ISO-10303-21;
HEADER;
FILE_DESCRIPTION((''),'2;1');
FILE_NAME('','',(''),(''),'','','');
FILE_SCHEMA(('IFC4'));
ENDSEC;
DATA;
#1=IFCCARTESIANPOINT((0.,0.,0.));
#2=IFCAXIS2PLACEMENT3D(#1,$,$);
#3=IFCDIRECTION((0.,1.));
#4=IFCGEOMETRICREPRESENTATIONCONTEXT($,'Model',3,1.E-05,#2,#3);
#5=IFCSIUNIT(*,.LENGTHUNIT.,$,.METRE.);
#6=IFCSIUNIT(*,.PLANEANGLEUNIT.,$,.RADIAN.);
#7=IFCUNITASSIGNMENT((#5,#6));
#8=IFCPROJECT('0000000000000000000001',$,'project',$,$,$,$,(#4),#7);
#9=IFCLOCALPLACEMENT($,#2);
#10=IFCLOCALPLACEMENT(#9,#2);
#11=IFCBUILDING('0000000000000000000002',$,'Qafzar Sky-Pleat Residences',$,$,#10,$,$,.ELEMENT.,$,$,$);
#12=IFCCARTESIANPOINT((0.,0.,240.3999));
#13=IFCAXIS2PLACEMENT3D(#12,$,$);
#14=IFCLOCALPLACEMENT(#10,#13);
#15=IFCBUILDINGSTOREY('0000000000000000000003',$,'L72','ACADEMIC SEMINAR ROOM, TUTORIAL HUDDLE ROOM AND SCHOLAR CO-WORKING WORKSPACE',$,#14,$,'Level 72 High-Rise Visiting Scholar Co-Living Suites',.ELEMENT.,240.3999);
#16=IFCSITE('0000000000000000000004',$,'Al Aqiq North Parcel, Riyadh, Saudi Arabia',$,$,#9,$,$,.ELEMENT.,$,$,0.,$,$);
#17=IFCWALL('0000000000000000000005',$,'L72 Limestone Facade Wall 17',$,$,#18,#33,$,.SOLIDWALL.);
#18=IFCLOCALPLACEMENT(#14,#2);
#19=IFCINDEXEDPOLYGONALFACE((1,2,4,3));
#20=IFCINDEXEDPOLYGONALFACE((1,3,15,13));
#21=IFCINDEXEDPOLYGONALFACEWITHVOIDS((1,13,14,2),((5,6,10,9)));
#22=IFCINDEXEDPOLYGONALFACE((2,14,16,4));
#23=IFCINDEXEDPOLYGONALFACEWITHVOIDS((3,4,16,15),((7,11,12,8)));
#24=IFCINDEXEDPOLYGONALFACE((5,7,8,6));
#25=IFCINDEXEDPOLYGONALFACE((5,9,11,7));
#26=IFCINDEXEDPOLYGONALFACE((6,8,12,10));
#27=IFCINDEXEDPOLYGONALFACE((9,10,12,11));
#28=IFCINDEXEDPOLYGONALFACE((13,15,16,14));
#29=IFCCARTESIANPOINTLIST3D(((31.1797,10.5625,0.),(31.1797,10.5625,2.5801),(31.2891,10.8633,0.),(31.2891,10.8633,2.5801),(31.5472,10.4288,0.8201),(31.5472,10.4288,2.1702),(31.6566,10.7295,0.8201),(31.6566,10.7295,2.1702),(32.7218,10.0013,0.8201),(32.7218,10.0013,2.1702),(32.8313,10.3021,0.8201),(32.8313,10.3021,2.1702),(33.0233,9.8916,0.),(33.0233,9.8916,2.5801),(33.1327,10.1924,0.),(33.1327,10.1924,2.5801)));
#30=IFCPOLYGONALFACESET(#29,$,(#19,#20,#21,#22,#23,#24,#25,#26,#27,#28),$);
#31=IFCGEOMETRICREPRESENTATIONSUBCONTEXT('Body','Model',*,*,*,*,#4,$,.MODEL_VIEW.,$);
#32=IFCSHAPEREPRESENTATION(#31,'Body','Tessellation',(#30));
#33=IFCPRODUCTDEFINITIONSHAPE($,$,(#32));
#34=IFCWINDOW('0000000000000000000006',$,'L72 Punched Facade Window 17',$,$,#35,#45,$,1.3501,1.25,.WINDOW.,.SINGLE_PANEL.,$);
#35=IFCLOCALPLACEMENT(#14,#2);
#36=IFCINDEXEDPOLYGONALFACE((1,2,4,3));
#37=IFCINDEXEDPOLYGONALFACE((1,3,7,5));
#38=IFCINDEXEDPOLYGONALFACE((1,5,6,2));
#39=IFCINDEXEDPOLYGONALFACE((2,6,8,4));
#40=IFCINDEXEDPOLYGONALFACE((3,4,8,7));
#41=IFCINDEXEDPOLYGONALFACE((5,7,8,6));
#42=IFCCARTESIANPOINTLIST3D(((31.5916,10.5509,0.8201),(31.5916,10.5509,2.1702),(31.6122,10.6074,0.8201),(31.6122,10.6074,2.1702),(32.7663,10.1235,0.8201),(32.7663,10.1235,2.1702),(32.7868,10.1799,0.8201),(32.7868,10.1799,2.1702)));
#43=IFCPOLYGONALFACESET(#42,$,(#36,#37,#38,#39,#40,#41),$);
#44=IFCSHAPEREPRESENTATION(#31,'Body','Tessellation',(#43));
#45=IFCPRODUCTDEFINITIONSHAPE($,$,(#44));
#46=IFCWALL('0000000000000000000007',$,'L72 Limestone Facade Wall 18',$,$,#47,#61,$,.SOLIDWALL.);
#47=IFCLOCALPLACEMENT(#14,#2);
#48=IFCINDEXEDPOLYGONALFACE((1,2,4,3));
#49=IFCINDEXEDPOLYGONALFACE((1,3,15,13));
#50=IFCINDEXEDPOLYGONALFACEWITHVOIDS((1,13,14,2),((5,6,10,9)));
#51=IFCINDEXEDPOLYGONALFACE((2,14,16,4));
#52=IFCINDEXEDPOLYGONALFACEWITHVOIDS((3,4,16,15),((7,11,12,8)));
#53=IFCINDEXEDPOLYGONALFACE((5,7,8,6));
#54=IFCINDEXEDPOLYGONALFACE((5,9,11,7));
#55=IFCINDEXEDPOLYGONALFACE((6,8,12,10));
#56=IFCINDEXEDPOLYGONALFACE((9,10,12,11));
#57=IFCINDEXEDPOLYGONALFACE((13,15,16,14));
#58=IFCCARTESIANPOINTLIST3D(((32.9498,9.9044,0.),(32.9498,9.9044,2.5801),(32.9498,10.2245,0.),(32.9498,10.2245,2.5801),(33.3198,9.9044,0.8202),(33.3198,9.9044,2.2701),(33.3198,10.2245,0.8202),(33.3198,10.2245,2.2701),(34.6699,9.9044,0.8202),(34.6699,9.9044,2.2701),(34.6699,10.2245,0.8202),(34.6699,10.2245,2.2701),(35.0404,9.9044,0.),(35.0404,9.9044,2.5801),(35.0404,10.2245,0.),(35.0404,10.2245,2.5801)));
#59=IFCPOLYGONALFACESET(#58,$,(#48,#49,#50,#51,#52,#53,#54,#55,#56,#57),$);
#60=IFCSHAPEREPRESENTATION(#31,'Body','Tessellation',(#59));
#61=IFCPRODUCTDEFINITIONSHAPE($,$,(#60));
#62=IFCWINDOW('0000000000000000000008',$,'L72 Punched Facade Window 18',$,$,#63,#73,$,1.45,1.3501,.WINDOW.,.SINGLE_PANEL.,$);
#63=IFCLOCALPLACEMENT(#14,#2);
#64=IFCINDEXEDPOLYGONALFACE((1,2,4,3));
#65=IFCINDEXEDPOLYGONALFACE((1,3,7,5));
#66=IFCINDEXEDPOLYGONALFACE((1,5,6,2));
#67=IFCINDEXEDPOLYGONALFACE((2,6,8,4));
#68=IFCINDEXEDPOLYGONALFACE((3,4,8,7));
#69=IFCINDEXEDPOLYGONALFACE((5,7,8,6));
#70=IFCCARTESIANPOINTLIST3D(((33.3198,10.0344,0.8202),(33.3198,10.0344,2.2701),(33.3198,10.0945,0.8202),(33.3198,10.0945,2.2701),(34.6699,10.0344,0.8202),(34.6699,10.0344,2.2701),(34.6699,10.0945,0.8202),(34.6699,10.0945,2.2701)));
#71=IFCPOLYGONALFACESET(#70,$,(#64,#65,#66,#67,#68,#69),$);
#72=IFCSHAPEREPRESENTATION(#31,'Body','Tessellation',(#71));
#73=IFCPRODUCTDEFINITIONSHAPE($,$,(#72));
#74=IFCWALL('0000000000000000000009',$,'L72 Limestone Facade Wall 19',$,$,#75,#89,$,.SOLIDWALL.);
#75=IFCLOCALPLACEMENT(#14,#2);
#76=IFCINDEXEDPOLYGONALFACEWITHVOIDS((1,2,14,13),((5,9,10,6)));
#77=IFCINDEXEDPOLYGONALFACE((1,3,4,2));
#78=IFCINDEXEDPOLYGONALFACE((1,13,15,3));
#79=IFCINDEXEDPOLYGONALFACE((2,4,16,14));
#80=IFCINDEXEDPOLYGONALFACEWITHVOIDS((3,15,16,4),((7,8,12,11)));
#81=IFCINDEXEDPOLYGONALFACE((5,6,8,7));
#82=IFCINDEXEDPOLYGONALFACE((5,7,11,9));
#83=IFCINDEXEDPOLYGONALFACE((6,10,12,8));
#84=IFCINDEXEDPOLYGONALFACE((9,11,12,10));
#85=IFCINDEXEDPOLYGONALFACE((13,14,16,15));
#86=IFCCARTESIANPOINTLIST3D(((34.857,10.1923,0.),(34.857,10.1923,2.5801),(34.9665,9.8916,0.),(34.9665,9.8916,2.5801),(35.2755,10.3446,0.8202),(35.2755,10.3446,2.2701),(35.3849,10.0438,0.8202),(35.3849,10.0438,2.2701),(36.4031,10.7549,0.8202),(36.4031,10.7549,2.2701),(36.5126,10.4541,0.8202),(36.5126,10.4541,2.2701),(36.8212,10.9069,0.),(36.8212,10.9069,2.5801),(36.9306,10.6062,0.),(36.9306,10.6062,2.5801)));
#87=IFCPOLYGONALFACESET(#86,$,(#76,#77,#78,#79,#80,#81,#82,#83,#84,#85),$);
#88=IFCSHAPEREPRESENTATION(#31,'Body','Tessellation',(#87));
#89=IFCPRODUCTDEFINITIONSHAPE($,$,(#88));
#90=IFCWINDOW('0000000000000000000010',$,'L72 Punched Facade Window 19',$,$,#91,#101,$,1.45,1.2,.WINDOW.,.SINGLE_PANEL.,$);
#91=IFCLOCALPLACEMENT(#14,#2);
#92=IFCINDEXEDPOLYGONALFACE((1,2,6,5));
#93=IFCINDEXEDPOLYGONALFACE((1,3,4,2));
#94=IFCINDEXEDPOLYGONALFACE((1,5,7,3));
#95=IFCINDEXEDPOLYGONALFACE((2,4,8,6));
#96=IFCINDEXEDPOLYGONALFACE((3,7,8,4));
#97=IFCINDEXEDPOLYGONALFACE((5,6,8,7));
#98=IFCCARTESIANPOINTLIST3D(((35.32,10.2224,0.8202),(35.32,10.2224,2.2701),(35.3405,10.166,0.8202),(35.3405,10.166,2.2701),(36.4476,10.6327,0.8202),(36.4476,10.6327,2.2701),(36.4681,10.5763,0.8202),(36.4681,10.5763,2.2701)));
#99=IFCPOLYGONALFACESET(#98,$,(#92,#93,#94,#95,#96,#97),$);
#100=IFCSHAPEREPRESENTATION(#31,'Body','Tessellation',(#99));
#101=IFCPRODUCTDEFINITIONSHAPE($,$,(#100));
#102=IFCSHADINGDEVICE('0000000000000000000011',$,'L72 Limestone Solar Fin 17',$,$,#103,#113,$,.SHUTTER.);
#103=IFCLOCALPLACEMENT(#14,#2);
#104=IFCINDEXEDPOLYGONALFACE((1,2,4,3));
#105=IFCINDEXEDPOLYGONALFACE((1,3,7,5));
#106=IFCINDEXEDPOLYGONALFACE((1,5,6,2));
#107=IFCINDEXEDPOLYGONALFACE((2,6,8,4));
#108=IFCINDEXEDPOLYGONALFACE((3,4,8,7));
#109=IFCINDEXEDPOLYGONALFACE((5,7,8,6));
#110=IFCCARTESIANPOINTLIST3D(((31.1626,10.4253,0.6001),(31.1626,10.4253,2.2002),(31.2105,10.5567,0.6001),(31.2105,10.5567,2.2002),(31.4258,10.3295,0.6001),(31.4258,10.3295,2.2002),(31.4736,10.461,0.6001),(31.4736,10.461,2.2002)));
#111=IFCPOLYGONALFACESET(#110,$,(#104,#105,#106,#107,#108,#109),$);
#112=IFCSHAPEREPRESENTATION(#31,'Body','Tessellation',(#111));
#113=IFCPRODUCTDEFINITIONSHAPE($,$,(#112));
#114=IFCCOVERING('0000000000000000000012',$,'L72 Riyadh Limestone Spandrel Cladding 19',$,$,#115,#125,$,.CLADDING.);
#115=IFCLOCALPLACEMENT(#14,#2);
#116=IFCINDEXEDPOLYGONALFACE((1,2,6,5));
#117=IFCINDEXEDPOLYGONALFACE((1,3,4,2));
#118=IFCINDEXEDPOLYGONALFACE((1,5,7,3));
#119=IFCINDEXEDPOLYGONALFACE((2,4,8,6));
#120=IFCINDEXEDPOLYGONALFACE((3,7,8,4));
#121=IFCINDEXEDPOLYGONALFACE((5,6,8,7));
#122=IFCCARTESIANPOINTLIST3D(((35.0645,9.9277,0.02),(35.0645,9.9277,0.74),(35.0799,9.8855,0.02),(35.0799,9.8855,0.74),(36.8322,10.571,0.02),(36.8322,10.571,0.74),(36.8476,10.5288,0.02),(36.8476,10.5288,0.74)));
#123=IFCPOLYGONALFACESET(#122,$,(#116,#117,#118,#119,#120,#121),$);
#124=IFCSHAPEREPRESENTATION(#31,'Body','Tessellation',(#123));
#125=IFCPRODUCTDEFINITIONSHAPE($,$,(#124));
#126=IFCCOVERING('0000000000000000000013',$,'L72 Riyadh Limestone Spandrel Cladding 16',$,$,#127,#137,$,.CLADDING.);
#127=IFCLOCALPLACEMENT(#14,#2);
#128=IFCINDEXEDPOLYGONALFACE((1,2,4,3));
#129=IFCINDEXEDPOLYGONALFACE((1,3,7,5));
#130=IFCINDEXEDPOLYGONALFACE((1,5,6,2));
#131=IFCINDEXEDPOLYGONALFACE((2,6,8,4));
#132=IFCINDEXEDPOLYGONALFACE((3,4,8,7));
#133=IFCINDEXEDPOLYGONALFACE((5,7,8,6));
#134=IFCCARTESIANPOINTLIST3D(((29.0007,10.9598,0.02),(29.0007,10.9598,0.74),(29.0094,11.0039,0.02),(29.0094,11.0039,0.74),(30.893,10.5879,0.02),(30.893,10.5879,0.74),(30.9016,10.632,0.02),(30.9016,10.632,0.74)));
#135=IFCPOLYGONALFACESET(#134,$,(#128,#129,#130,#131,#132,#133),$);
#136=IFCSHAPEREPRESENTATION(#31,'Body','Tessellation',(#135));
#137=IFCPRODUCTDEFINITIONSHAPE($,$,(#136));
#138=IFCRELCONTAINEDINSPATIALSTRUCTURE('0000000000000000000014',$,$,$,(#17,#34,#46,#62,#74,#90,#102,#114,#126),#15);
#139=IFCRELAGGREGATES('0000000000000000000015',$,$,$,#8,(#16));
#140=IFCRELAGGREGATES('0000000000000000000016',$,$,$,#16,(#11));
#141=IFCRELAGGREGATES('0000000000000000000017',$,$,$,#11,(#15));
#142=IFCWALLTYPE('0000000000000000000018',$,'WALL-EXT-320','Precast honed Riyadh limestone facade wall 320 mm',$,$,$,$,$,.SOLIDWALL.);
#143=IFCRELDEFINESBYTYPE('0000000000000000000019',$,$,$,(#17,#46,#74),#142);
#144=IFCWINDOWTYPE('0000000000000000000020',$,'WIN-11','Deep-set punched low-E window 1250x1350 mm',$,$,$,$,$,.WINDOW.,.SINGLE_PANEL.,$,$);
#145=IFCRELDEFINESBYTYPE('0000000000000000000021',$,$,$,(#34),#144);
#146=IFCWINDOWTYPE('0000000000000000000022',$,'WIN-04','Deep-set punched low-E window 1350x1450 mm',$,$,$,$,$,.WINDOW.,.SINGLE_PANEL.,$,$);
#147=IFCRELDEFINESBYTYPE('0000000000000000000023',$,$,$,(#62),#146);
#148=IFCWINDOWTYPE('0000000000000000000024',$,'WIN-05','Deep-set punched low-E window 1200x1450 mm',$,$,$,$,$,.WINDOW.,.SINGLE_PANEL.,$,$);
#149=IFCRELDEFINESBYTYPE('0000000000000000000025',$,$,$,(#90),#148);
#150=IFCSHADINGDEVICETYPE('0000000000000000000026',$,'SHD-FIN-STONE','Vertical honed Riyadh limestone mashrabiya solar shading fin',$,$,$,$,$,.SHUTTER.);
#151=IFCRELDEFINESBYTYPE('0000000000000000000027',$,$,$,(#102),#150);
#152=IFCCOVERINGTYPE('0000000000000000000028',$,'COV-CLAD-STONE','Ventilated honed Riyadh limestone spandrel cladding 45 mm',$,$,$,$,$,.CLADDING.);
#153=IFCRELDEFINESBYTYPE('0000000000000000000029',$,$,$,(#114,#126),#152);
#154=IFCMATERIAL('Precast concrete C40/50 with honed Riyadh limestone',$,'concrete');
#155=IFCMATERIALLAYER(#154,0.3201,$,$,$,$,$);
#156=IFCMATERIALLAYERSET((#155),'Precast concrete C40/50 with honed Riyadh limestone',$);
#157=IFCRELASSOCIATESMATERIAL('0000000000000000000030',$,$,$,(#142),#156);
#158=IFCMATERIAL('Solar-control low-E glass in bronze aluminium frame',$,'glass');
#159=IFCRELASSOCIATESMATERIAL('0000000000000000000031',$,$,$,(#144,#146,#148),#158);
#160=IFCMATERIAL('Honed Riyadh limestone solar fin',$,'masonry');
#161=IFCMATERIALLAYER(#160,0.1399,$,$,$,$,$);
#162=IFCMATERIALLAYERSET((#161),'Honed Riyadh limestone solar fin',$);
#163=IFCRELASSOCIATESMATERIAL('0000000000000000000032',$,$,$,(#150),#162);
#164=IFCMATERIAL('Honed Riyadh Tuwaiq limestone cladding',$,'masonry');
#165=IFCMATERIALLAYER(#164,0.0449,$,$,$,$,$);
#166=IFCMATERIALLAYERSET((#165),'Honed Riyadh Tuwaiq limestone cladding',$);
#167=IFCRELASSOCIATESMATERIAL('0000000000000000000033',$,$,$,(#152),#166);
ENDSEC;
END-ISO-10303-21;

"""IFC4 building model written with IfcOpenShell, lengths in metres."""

from ifc_helpers import new_model, si_unit, direction, frame, frame_2d, origin, origin_2d, place, context, subcontext, project, spatial, rectangle, extrude, source, transform, mapped, material, layer, layer_set, type_object, element, fill, save


model = new_model("IFC4")

# Units and contexts
model_context = context("Model", 3, precision=1e-05, world=origin(), true_north=direction((0.0, 1.0)))
body_context = subcontext(model_context, "Body", "Model", "MODEL_VIEW")
ifc_project = project(units=[si_unit("LENGTHUNIT", "METRE"), si_unit("PLANEANGLEUNIT", "RADIAN")], contexts=[model_context])

# Site, building, storey
site_placement = place(None, origin())
site = spatial("IfcSite", under=ifc_project, at=site_placement, Name="Al Aqiq North Parcel, Riyadh, Saudi Arabia", CompositionType="ELEMENT", RefElevation=0.0)
building_placement = place(site_placement, origin())
building = spatial("IfcBuilding", under=site, at=building_placement, Name="Qafzar Sky-Pleat Residences", CompositionType="ELEMENT")
storey_placement = place(building_placement, frame((0.0, 0.0, 240.3999)))
storey = spatial("IfcBuildingStorey", under=building, at=storey_placement, Name="L72", Description="ACADEMIC SEMINAR ROOM, TUTORIAL HUDDLE ROOM AND SCHOLAR CO-WORKING WORKSPACE", LongName="Level 72 High-Rise Visiting Scholar Co-Living Suites", CompositionType="ELEMENT", Elevation=240.3999)

# Walls, openings, windows
ifc_material_1 = material(Name="Precast concrete C40/50 with honed Riyadh limestone", Category="concrete")
ifc_layer_1 = layer(ifc_material_1, 0.3201)
ifc_layer_set_1 = layer_set([ifc_layer_1], Name="Precast concrete C40/50 with honed Riyadh limestone")
wall_type = type_object("IfcWallType", Name="WALL-EXT-320", Description="Precast honed Riyadh limestone facade wall 320 mm", PredefinedType="SOLIDWALL", material=ifc_layer_set_1)
ifc_material_2 = material(Name="Solar-control low-E glass in bronze aluminium frame", Category="glass")
wall_1_placement = place(storey_placement, frame((31.2344, 10.7129, 0.0), z_axis=(0.0, 0.0, 1.0), x_axis=(0.939721, -0.341943, 0.0)))
wall_1 = element("IfcWall", 1, at=wall_1_placement, inside=storey, type_object=wall_type, Name="L72 Limestone Facade Wall 17", PredefinedType="SOLIDWALL", context=body_context, shape_type="SweptSolid", body=[
    extrude(rectangle(XDim=1.9619, YDim=0.3201, at=frame_2d((0.981, 0.0))), origin(), (0.0, 0.0, 1.0), 2.5801),
])
opening_1_placement = place(wall_1_placement, frame((0.3911, 0.0, 0.8201)))
opening_1 = element("IfcOpeningElement", 2, at=opening_1_placement, cuts=wall_1, PredefinedType="OPENING", context=body_context, shape_type="SweptSolid", body=[
    extrude(rectangle(XDim=1.25, YDim=1.3501, at=frame_2d((0.625, 0.675))), frame((0.0, 0.1699, 0.0), z_axis=(0.0, -1.0, 0.0), x_axis=(1.0, 0.0, 0.0)), (0.0, 0.0, 1.0), 0.3401),
])
window_type_1 = type_object("IfcWindowType", Name="WIN-11", Description="Deep-set punched low-E window 1250x1350 mm", PartitioningType="SINGLE_PANEL", PredefinedType="WINDOW", material=ifc_material_2)
shared_shape_1 = source(origin(), body_context, "Body", "SweptSolid", [
    extrude(rectangle(XDim=1.25, YDim=1.3501, at=frame_2d((0.625, 0.675))), frame((0.0, 0.03, 0.0), z_axis=(0.0, -1.0, 0.0), x_axis=(1.0, 0.0, 0.0)), (0.0, 0.0, 1.0), 0.0601),
])
window_1_placement = place(opening_1_placement, origin())
window_1 = element("IfcWindow", 3, at=window_1_placement, inside=storey, type_object=window_type_1, Name="L72 Punched Facade Window 17", OverallHeight=1.3501, OverallWidth=1.25, PartitioningType="SINGLE_PANEL", PredefinedType="WINDOW", context=body_context, shape_type="MappedRepresentation", body=[
    mapped(shared_shape_1, transform((0.0, 0.0, 0.0), x_axis=(1.0, 0.0, 0.0), y_axis=(0.0, 1.0, 0.0), z_axis=(0.0, 0.0, 1.0), scale=1.0)),
])
fill(opening_1, window_1)
wall_2_placement = place(storey_placement, frame((32.9497, 10.0645, 0.0), z_axis=(0.0, 0.0, 1.0), x_axis=(1.0, 0.0, 0.0)))
wall_2 = element("IfcWall", 4, at=wall_2_placement, inside=storey, type_object=wall_type, Name="L72 Limestone Facade Wall 18", PredefinedType="SOLIDWALL", context=body_context, shape_type="SweptSolid", body=[
    extrude(rectangle(XDim=2.0906, YDim=0.3201, at=frame_2d((1.0454, 0.0))), origin(), (0.0, 0.0, 1.0), 2.5801),
])
opening_2_placement = place(wall_2_placement, frame((0.3701, 0.0, 0.8201)))
opening_2 = element("IfcOpeningElement", 5, at=opening_2_placement, cuts=wall_2, PredefinedType="OPENING", context=body_context, shape_type="SweptSolid", body=[
    extrude(rectangle(XDim=1.3501, YDim=1.45, at=frame_2d((0.675, 0.7251))), frame((0.0, 0.1699, 0.0), z_axis=(0.0, -1.0, 0.0), x_axis=(1.0, 0.0, 0.0)), (0.0, 0.0, 1.0), 0.3401),
])
window_type_2 = type_object("IfcWindowType", Name="WIN-04", Description="Deep-set punched low-E window 1350x1450 mm", PartitioningType="SINGLE_PANEL", PredefinedType="WINDOW", material=ifc_material_2)
shared_shape_2 = source(origin(), body_context, "Body", "SweptSolid", [
    extrude(rectangle(XDim=1.3501, YDim=1.45, at=frame_2d((0.675, 0.7251))), frame((0.0, 0.03, 0.0), z_axis=(0.0, -1.0, 0.0), x_axis=(1.0, 0.0, 0.0)), (0.0, 0.0, 1.0), 0.0601),
])
window_2_placement = place(opening_2_placement, origin())
window_2 = element("IfcWindow", 6, at=window_2_placement, inside=storey, type_object=window_type_2, Name="L72 Punched Facade Window 18", OverallHeight=1.45, OverallWidth=1.3501, PartitioningType="SINGLE_PANEL", PredefinedType="WINDOW", context=body_context, shape_type="MappedRepresentation", body=[
    mapped(shared_shape_2, transform((0.0, 0.0, 0.0), x_axis=(1.0, 0.0, 0.0), y_axis=(0.0, 1.0, 0.0), z_axis=(0.0, 0.0, 1.0), scale=1.0)),
])
fill(opening_2, window_2)
wall_3_placement = place(storey_placement, frame((34.9119, 10.042, 0.0), z_axis=(0.0, 0.0, 1.0), x_axis=(0.939735, 0.341902, 0.0)))
wall_3 = element("IfcWall", 7, at=wall_3_placement, inside=storey, type_object=wall_type, Name="L72 Limestone Facade Wall 19", PredefinedType="SOLIDWALL", context=body_context, shape_type="SweptSolid", body=[
    extrude(rectangle(XDim=2.0901, YDim=0.3201, at=frame_2d((1.0449, 0.0))), origin(), (0.0, 0.0, 1.0), 2.5801),
])
opening_3_placement = place(wall_3_placement, frame((0.4451, 0.0, 0.8201)))
opening_3 = element("IfcOpeningElement", 8, at=opening_3_placement, cuts=wall_3, PredefinedType="OPENING", context=body_context, shape_type="SweptSolid", body=[
    extrude(rectangle(XDim=1.2, YDim=1.45, at=frame_2d((0.6001, 0.7251))), frame((0.0, 0.1699, 0.0), z_axis=(0.0, -1.0, 0.0), x_axis=(1.0, 0.0, 0.0)), (0.0, 0.0, 1.0), 0.3401),
])
window_type_3 = type_object("IfcWindowType", Name="WIN-05", Description="Deep-set punched low-E window 1200x1450 mm", PartitioningType="SINGLE_PANEL", PredefinedType="WINDOW", material=ifc_material_2)
shared_shape_3 = source(origin(), body_context, "Body", "SweptSolid", [
    extrude(rectangle(XDim=1.2, YDim=1.45, at=frame_2d((0.6001, 0.7251))), frame((0.0, 0.03, 0.0), z_axis=(0.0, -1.0, 0.0), x_axis=(1.0, 0.0, 0.0)), (0.0, 0.0, 1.0), 0.0601),
])
window_3_placement = place(opening_3_placement, origin())
window_3 = element("IfcWindow", 9, at=window_3_placement, inside=storey, type_object=window_type_3, Name="L72 Punched Facade Window 19", OverallHeight=1.45, OverallWidth=1.2, PartitioningType="SINGLE_PANEL", PredefinedType="WINDOW", context=body_context, shape_type="MappedRepresentation", body=[
    mapped(shared_shape_3, transform((0.0, 0.0, 0.0), x_axis=(1.0, 0.0, 0.0), y_axis=(0.0, 1.0, 0.0), z_axis=(0.0, 0.0, 1.0), scale=1.0)),
])
fill(opening_3, window_3)

# Shading device
ifc_material_3 = material(Name="Honed Riyadh limestone solar fin", Category="masonry")
ifc_layer_2 = layer(ifc_material_3, 0.1399)
ifc_layer_set_2 = layer_set([ifc_layer_2], Name="Honed Riyadh limestone solar fin")
shading_device_type = type_object("IfcShadingDeviceType", Name="SHD-FIN-STONE", Description="Vertical honed Riyadh limestone mashrabiya solar shading fin", PredefinedType="SHUTTER", material=ifc_layer_set_2)
shared_shape_4 = source(origin(), body_context, "Body", "SweptSolid", [
    extrude(rectangle(XDim=0.1399, YDim=0.28, at=origin_2d()), origin(), (0.0, 0.0, 1.0), 1.6001),
])
shading_device_placement = place(storey_placement, frame((31.3181, 10.4431, 0.6001), z_axis=(0.0, 0.0, 1.0), x_axis=(-0.34201, -0.939696, 0.0)))
element("IfcShadingDevice", 10, at=shading_device_placement, inside=storey, type_object=shading_device_type, Name="L72 Limestone Solar Fin 17", PredefinedType="SHUTTER", context=body_context, shape_type="MappedRepresentation", body=[
    mapped(shared_shape_4, transform((0.0, 0.0, 0.0), x_axis=(1.0, 0.0, 0.0), y_axis=(0.0, 1.0, 0.0), z_axis=(0.0, 0.0, 1.0), scale=1.0)),
])

# Coverings
ifc_material_4 = material(Name="Honed Riyadh Tuwaiq limestone cladding", Category="masonry")
ifc_layer_3 = layer(ifc_material_4, 0.0449)
ifc_layer_set_3 = layer_set([ifc_layer_3], Name="Honed Riyadh Tuwaiq limestone cladding")
covering_type = type_object("IfcCoveringType", Name="COV-CLAD-STONE", Description="Ventilated honed Riyadh limestone spandrel cladding 45 mm", PredefinedType="CLADDING", material=ifc_layer_set_3)
shared_shape_5 = source(origin(), body_context, "Body", "SweptSolid", [
    extrude(rectangle(XDim=1.8811, YDim=0.0449, at=origin_2d()), origin(), (0.0, 0.0, 1.0), 0.72),
])
covering_1_placement = place(storey_placement, frame((35.9561, 10.2283, 0.02), z_axis=(0.0, 0.0, 1.0), x_axis=(0.93971, 0.341974, 0.0)))
element("IfcCovering", 11, at=covering_1_placement, inside=storey, type_object=covering_type, Name="L72 Riyadh Limestone Spandrel Cladding 19", PredefinedType="CLADDING", context=body_context, shape_type="MappedRepresentation", body=[
    mapped(shared_shape_5, transform((0.0, 0.0, 0.0), x_axis=(1.0, 0.0, 0.0), y_axis=(0.0, 1.0, 0.0), z_axis=(0.0, 0.0, 1.0), scale=1.0)),
])
shared_shape_6 = source(origin(), body_context, "Body", "SweptSolid", [
    extrude(rectangle(XDim=1.9285, YDim=0.0449, at=origin_2d()), origin(), (0.0, 0.0, 1.0), 0.72),
])
covering_2_placement = place(storey_placement, frame((29.9512, 10.7959, 0.02), z_axis=(0.0, 0.0, 1.0), x_axis=(0.98123, -0.192839, 0.0)))
element("IfcCovering", 12, at=covering_2_placement, inside=storey, type_object=covering_type, Name="L72 Riyadh Limestone Spandrel Cladding 16", PredefinedType="CLADDING", context=body_context, shape_type="MappedRepresentation", body=[
    mapped(shared_shape_6, transform((0.0, 0.0, 0.0), x_axis=(1.0, 0.0, 0.0), y_axis=(0.0, 1.0, 0.0), z_axis=(0.0, 0.0, 1.0), scale=1.0)),
])

save(model, "model.ifc")
